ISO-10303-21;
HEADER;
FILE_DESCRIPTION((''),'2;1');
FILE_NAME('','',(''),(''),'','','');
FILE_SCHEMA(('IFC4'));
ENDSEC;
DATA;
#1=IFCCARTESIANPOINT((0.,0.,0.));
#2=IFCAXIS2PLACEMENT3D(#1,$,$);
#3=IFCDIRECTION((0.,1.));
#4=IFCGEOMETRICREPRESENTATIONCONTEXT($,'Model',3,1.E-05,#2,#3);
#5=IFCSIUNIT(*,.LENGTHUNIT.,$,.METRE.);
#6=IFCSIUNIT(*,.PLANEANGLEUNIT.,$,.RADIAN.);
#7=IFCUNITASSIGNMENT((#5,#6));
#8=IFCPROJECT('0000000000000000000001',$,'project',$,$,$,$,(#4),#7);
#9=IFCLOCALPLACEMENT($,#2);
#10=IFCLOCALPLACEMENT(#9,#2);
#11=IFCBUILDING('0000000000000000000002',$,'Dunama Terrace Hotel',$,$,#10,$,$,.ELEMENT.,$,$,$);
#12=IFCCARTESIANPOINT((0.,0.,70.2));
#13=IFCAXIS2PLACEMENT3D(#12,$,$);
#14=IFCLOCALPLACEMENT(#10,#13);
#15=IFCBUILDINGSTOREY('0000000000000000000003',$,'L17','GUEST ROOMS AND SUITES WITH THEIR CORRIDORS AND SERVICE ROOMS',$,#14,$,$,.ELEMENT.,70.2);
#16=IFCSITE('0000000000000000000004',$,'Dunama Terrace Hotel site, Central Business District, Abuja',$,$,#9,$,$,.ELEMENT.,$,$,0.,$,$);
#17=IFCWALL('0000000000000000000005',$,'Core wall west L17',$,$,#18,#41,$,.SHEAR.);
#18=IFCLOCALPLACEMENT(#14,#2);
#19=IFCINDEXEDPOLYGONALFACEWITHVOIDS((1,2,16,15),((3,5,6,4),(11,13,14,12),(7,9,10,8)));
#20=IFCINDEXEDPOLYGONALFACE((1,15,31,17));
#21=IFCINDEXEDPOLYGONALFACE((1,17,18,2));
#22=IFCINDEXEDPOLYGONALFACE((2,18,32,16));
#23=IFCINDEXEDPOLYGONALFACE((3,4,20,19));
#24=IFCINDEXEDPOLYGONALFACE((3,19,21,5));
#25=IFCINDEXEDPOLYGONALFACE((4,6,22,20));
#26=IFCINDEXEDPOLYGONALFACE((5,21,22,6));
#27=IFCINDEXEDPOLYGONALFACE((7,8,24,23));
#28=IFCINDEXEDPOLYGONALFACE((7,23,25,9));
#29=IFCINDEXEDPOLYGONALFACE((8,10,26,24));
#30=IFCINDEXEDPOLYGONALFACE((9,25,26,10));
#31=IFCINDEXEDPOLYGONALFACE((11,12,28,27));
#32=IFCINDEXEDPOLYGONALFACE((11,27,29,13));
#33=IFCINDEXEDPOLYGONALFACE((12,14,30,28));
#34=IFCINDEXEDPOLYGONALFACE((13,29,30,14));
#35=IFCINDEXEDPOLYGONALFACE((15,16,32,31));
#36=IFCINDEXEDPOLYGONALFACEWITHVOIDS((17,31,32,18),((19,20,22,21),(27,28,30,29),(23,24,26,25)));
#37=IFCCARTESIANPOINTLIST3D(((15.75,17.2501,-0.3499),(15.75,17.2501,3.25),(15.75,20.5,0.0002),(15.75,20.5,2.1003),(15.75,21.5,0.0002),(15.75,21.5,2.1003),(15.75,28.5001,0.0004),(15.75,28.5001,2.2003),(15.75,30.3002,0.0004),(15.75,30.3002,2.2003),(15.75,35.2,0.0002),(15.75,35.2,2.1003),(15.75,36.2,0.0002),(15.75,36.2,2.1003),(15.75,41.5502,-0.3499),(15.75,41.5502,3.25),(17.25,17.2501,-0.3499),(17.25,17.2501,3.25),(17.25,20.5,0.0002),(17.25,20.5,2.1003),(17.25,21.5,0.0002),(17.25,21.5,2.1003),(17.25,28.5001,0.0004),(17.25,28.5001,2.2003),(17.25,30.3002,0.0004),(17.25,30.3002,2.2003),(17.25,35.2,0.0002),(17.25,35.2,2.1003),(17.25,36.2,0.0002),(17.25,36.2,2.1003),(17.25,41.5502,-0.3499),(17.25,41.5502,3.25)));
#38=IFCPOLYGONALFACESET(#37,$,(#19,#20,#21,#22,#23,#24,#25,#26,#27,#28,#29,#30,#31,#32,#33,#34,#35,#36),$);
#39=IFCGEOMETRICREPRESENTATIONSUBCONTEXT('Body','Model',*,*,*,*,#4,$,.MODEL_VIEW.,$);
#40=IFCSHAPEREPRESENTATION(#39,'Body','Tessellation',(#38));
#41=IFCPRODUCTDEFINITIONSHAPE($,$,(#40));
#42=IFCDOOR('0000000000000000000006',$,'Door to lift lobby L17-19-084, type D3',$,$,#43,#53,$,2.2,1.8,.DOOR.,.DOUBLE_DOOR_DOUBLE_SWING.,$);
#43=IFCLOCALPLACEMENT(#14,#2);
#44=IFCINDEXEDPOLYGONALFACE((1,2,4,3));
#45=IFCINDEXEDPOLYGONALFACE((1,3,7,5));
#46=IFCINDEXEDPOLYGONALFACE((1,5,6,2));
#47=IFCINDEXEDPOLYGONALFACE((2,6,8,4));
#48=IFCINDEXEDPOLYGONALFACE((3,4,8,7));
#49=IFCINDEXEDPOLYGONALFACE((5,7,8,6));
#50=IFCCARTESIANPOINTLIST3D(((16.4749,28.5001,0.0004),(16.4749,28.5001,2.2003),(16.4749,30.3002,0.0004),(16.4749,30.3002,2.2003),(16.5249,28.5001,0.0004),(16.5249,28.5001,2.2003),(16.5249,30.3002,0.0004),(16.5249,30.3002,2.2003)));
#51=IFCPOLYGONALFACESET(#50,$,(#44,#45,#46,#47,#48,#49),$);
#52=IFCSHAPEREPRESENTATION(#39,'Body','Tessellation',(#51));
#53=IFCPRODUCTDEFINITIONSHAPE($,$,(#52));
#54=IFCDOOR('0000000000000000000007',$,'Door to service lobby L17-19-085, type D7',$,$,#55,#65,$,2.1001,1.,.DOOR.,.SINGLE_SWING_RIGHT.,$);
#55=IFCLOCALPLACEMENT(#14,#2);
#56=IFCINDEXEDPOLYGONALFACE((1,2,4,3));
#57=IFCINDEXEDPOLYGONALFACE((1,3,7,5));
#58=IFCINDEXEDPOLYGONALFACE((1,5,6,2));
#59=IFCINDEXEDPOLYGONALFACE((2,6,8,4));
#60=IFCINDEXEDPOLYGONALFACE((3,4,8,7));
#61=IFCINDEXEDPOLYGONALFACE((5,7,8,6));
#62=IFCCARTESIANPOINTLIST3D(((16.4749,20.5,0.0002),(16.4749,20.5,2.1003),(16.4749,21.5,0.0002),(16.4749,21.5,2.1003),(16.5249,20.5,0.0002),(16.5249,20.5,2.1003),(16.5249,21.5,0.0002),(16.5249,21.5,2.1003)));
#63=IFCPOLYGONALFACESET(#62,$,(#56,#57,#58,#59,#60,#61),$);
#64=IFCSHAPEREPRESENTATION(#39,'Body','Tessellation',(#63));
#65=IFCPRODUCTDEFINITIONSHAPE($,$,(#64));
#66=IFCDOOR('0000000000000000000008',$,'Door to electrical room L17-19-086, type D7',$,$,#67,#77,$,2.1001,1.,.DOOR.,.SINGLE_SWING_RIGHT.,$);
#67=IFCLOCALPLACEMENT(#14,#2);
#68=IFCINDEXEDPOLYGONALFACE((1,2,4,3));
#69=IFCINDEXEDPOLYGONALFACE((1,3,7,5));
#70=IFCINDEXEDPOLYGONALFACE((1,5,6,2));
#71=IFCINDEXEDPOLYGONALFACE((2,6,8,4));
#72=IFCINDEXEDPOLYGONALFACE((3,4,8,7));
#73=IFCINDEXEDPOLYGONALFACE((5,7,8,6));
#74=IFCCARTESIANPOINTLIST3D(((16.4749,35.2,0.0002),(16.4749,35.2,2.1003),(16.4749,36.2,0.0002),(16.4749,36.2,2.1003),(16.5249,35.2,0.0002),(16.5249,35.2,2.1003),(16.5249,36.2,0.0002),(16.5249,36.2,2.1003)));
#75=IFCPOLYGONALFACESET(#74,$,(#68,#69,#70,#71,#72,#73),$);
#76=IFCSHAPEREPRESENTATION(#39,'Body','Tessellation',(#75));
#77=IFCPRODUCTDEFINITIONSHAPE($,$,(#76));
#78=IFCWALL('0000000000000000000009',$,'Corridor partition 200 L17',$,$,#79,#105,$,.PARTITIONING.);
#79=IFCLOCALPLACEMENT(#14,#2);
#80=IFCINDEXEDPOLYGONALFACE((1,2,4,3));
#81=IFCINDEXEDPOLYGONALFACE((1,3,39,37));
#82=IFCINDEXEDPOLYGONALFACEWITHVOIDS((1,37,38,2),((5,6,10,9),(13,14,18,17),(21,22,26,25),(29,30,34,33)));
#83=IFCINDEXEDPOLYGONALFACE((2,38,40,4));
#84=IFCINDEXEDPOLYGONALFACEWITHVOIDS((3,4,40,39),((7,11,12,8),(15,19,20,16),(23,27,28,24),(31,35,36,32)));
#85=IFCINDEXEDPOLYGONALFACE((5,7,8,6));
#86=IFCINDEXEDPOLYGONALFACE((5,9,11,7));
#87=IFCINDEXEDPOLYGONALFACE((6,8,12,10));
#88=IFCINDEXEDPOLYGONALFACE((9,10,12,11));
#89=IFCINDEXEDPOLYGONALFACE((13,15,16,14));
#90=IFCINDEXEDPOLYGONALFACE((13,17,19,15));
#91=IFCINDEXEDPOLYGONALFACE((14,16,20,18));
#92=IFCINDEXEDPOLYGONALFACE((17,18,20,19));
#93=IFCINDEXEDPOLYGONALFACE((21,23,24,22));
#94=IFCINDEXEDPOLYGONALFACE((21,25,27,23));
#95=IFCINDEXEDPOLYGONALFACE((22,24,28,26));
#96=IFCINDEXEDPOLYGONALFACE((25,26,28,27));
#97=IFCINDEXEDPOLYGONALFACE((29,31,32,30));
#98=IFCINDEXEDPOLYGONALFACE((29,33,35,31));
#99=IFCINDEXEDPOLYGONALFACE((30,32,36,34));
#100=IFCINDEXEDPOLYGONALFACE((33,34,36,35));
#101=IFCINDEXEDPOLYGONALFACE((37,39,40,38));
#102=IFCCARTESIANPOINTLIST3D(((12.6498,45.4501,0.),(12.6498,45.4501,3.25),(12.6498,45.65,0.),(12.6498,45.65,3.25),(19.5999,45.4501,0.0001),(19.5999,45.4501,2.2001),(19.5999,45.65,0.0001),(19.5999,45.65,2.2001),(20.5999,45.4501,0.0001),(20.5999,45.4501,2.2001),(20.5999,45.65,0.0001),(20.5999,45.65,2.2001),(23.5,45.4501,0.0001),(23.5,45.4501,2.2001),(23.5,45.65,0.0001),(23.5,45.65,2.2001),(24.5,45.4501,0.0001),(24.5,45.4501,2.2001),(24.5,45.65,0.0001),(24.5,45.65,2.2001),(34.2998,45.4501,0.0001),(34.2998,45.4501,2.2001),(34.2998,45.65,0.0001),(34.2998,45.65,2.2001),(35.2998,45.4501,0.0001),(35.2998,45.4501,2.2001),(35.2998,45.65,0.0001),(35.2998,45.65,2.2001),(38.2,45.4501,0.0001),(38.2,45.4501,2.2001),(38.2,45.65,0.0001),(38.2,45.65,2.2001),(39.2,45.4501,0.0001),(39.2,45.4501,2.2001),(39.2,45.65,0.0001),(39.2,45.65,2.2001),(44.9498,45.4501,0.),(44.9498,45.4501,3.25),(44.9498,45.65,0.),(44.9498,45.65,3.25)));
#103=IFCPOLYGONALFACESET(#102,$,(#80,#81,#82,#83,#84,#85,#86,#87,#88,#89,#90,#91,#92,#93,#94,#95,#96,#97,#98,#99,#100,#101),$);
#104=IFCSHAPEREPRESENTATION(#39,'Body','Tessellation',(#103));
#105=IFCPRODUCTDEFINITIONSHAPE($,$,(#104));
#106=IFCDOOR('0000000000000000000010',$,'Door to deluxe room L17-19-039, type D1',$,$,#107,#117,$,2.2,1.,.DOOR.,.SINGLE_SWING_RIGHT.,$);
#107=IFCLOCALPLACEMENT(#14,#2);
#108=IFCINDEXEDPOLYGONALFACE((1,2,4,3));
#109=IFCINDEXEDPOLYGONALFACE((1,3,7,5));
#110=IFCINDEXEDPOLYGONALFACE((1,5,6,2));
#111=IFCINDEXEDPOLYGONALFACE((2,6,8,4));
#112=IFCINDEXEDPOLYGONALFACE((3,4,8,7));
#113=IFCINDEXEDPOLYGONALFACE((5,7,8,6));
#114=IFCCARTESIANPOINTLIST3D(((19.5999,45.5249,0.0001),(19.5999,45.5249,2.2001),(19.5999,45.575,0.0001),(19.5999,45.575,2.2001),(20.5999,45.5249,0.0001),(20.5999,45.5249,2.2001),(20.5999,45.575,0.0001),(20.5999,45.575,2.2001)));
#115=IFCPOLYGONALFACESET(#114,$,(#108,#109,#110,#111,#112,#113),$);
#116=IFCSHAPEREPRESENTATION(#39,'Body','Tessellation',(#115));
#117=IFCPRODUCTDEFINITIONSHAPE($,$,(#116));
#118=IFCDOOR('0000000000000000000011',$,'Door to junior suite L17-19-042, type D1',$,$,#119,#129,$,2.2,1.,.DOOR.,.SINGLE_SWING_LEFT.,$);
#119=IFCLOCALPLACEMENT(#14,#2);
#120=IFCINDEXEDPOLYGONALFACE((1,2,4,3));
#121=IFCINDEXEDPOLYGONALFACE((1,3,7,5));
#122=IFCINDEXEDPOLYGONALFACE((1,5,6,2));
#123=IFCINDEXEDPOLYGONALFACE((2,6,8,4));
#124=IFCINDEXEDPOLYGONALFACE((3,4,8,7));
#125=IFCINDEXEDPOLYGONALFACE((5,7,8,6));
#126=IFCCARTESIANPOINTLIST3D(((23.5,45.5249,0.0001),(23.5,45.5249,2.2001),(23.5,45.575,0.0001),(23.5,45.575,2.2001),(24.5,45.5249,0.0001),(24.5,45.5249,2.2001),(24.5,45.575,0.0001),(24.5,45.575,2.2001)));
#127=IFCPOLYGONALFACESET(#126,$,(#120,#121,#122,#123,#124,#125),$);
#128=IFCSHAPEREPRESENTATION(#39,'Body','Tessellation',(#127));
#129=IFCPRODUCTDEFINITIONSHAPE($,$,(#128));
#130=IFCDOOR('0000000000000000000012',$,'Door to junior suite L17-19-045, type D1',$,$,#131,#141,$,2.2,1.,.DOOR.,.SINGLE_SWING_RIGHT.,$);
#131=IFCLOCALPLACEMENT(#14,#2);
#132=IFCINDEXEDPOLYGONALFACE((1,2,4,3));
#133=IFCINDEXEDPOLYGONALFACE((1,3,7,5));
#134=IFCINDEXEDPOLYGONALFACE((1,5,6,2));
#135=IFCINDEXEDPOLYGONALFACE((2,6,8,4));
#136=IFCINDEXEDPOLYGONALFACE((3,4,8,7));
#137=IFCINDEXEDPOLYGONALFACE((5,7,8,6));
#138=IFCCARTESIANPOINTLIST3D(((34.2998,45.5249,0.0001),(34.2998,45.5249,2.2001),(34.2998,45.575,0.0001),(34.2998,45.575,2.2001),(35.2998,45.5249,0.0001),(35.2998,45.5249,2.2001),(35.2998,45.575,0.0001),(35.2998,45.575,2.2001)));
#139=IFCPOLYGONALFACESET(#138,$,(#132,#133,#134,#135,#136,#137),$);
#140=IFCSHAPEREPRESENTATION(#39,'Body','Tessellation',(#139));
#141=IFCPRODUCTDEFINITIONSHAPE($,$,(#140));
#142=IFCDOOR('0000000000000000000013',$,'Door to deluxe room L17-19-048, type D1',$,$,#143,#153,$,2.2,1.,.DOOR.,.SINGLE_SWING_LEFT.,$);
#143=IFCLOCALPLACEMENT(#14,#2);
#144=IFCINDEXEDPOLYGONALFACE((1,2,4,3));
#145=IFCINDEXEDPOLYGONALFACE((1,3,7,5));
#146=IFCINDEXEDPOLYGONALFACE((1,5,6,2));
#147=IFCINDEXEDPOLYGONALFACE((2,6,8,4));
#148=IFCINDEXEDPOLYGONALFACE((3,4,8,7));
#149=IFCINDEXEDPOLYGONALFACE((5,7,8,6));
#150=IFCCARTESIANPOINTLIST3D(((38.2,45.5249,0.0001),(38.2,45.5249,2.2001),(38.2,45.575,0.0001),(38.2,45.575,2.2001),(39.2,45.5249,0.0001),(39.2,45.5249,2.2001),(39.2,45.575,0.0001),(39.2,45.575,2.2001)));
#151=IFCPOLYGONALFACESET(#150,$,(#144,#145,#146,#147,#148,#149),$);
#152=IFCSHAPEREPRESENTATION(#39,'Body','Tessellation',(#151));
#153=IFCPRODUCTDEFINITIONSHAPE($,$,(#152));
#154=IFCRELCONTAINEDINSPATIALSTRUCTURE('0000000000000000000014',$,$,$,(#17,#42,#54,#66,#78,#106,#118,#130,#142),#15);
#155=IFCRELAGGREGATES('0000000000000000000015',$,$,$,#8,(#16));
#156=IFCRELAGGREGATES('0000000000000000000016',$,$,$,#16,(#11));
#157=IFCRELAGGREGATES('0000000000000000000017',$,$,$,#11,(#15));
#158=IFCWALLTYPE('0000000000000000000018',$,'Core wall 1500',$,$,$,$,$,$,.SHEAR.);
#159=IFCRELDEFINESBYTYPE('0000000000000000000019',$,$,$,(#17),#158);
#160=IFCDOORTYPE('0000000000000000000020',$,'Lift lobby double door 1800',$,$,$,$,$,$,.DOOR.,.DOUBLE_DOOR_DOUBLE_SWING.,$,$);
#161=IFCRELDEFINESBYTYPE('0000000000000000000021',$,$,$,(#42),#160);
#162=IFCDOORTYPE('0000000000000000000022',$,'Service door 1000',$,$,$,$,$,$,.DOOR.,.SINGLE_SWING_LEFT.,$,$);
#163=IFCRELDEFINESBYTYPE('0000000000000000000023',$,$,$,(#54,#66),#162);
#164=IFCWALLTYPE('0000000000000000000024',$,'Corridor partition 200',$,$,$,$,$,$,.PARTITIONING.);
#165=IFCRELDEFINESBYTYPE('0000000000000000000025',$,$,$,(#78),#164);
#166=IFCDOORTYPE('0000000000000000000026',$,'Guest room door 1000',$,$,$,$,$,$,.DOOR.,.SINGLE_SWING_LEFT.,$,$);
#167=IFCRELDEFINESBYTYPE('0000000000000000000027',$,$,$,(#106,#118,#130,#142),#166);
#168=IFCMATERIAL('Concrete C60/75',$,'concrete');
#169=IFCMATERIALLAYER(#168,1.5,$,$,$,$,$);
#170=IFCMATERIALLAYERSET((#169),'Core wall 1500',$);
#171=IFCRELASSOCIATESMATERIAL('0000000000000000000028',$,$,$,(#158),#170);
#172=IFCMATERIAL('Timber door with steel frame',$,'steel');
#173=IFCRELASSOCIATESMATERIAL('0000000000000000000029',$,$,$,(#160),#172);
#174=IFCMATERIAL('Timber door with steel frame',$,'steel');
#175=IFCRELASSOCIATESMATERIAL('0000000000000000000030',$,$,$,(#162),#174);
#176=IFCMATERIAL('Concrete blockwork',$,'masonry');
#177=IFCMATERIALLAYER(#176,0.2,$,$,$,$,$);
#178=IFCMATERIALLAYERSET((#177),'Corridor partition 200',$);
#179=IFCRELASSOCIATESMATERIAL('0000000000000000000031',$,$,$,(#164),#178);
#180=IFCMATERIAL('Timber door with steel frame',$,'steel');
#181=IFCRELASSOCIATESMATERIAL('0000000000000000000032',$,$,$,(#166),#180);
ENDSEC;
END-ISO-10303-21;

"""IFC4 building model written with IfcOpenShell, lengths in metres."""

from ifc_helpers import new_model, si_unit, direction, frame, frame_2d, origin, place, context, subcontext, project, spatial, rectangle, extrude, material, layer, layer_set, type_object, element, fill, save


model = new_model("IFC4")

# Units and contexts
model_context = context("Model", 3, precision=1e-05, world=origin(), true_north=direction((0.0, 1.0)))
body_context = subcontext(model_context, "Body", "Model", "MODEL_VIEW")
ifc_project = project(units=[si_unit("LENGTHUNIT", "METRE"), si_unit("PLANEANGLEUNIT", "RADIAN")], contexts=[model_context])

# Site, building, storey
site_placement = place(None, origin())
site = spatial("IfcSite", under=ifc_project, at=site_placement, Name="Dunama Terrace Hotel site, Central Business District, Abuja", CompositionType="ELEMENT", RefElevation=0.0)
building_placement = place(site_placement, origin())
building = spatial("IfcBuilding", under=site, at=building_placement, Name="Dunama Terrace Hotel", CompositionType="ELEMENT")
storey_placement = place(building_placement, frame((0.0, 0.0, 70.2)))
storey = spatial("IfcBuildingStorey", under=building, at=storey_placement, Name="L17", Description="GUEST ROOMS AND SUITES WITH THEIR CORRIDORS AND SERVICE ROOMS", CompositionType="ELEMENT", Elevation=70.2)

# Walls, openings, doors
ifc_material_1 = material(Name="Concrete C60/75", Category="concrete")
ifc_layer_1 = layer(ifc_material_1, 1.5)
ifc_layer_set_1 = layer_set([ifc_layer_1], Name="Core wall 1500")
wall_type_1 = type_object("IfcWallType", Name="Core wall 1500", PredefinedType="SHEAR", material=ifc_layer_set_1)
wall_1_placement = place(storey_placement, frame((16.5, 41.55, -0.3499), z_axis=(0.0, 0.0, 1.0), x_axis=(0.0, -1.0, 0.0)))
wall_1 = element("IfcWall", 1, at=wall_1_placement, inside=storey, type_object=wall_type_1, Name="Core wall west L17", PredefinedType="SHEAR", context=body_context, shape_type="SweptSolid", body=[
    extrude(rectangle(XDim=24.3, YDim=1.5, at=frame_2d((12.1499, 0.0))), origin(), (0.0, 0.0, 1.0), 3.5999),
])
opening_1_placement = place(wall_1_placement, frame((11.25, 0.0, 0.3501)))
opening_1 = element("IfcOpeningElement", 2, at=opening_1_placement, cuts=wall_1, PredefinedType="OPENING", context=body_context, shape_type="SweptSolid", body=[
    extrude(rectangle(XDim=1.8, YDim=2.2, at=frame_2d((0.8999, 1.1001))), frame((0.0, 0.76, 0.0), z_axis=(0.0, -1.0, 0.0), x_axis=(1.0, 0.0, 0.0)), (0.0, 0.0, 1.0), 1.52),
])
opening_2_placement = place(wall_1_placement, frame((20.05, 0.0, 0.3501)))
opening_2 = element("IfcOpeningElement", 3, at=opening_2_placement, cuts=wall_1, PredefinedType="OPENING", context=body_context, shape_type="SweptSolid", body=[
    extrude(rectangle(XDim=1.0, YDim=2.1001, at=frame_2d((0.5, 1.05))), frame((0.0, 0.76, 0.0), z_axis=(0.0, -1.0, 0.0), x_axis=(1.0, 0.0, 0.0)), (0.0, 0.0, 1.0), 1.52),
])
opening_3_placement = place(wall_1_placement, frame((5.3501, 0.0, 0.3501)))
opening_3 = element("IfcOpeningElement", 4, at=opening_3_placement, cuts=wall_1, PredefinedType="OPENING", context=body_context, shape_type="SweptSolid", body=[
    extrude(rectangle(XDim=1.0, YDim=2.1001, at=frame_2d((0.5, 1.05))), frame((0.0, 0.76, 0.0), z_axis=(0.0, -1.0, 0.0), x_axis=(1.0, 0.0, 0.0)), (0.0, 0.0, 1.0), 1.52),
])
ifc_material_2 = material(Name="Timber door with steel frame", Category="steel")
door_type_1 = type_object("IfcDoorType", Name="Lift lobby double door 1800", OperationType="DOUBLE_DOOR_DOUBLE_SWING", PredefinedType="DOOR", material=ifc_material_2)
door_1_placement = place(opening_1_placement, origin())
door_1 = element("IfcDoor", 5, at=door_1_placement, inside=storey, type_object=door_type_1, Name="Door to lift lobby L17-19-084, type D3", OperationType="DOUBLE_DOOR_DOUBLE_SWING", OverallHeight=2.2, OverallWidth=1.8, PredefinedType="DOOR", context=body_context, shape_type="SweptSolid", body=[
    extrude(rectangle(XDim=1.8, YDim=2.2, at=frame_2d((0.8999, 1.1001))), frame((0.0, 0.0249, 0.0), z_axis=(0.0, -1.0, 0.0), x_axis=(1.0, 0.0, 0.0)), (0.0, 0.0, 1.0), 0.05),
])
fill(opening_1, door_1)
ifc_material_3 = material(Name="Timber door with steel frame", Category="steel")
door_type_2 = type_object("IfcDoorType", Name="Service door 1000", OperationType="SINGLE_SWING_LEFT", PredefinedType="DOOR", material=ifc_material_3)
door_2_placement = place(opening_2_placement, origin())
door_2 = element("IfcDoor", 6, at=door_2_placement, inside=storey, type_object=door_type_2, Name="Door to service lobby L17-19-085, type D7", OperationType="SINGLE_SWING_RIGHT", OverallHeight=2.1001, OverallWidth=1.0, PredefinedType="DOOR", context=body_context, shape_type="SweptSolid", body=[
    extrude(rectangle(XDim=1.0, YDim=2.1001, at=frame_2d((0.5, 1.05))), frame((0.0, 0.0249, 0.0), z_axis=(0.0, -1.0, 0.0), x_axis=(1.0, 0.0, 0.0)), (0.0, 0.0, 1.0), 0.05),
])
fill(opening_2, door_2)
door_3_placement = place(opening_3_placement, origin())
door_3 = element("IfcDoor", 7, at=door_3_placement, inside=storey, type_object=door_type_2, Name="Door to electrical room L17-19-086, type D7", OperationType="SINGLE_SWING_RIGHT", OverallHeight=2.1001, OverallWidth=1.0, PredefinedType="DOOR", context=body_context, shape_type="SweptSolid", body=[
    extrude(rectangle(XDim=1.0, YDim=2.1001, at=frame_2d((0.5, 1.05))), frame((0.0, 0.0249, 0.0), z_axis=(0.0, -1.0, 0.0), x_axis=(1.0, 0.0, 0.0)), (0.0, 0.0, 1.0), 0.05),
])
fill(opening_3, door_3)
ifc_material_4 = material(Name="Concrete blockwork", Category="masonry")
ifc_layer_2 = layer(ifc_material_4, 0.2)
ifc_layer_set_2 = layer_set([ifc_layer_2], Name="Corridor partition 200")
wall_type_2 = type_object("IfcWallType", Name="Corridor partition 200", PredefinedType="PARTITIONING", material=ifc_layer_set_2)
wall_2_placement = place(storey_placement, frame((12.6499, 45.55, 0.0), z_axis=(0.0, 0.0, 1.0), x_axis=(1.0, 0.0, 0.0)))
wall_2 = element("IfcWall", 8, at=wall_2_placement, inside=storey, type_object=wall_type_2, Name="Corridor partition 200 L17", PredefinedType="PARTITIONING", context=body_context, shape_type="SweptSolid", body=[
    extrude(rectangle(XDim=32.3, YDim=0.2, at=frame_2d((16.1499, 0.0))), origin(), (0.0, 0.0, 1.0), 3.25),
])
opening_4_placement = place(wall_2_placement, frame((6.95, 0.0, 0.0)))
opening_4 = element("IfcOpeningElement", 9, at=opening_4_placement, cuts=wall_2, PredefinedType="OPENING", context=body_context, shape_type="SweptSolid", body=[
    extrude(rectangle(XDim=1.0, YDim=2.2, at=frame_2d((0.5, 1.1001))), frame((0.0, 0.1099, 0.0), z_axis=(0.0, -1.0, 0.0), x_axis=(1.0, 0.0, 0.0)), (0.0, 0.0, 1.0), 0.22),
])
opening_5_placement = place(wall_2_placement, frame((10.8501, 0.0, 0.0)))
opening_5 = element("IfcOpeningElement", 10, at=opening_5_placement, cuts=wall_2, PredefinedType="OPENING", context=body_context, shape_type="SweptSolid", body=[
    extrude(rectangle(XDim=1.0, YDim=2.2, at=frame_2d((0.5, 1.1001))), frame((0.0, 0.1099, 0.0), z_axis=(0.0, -1.0, 0.0), x_axis=(1.0, 0.0, 0.0)), (0.0, 0.0, 1.0), 0.22),
])
opening_6_placement = place(wall_2_placement, frame((21.6499, 0.0, 0.0)))
opening_6 = element("IfcOpeningElement", 11, at=opening_6_placement, cuts=wall_2, PredefinedType="OPENING", context=body_context, shape_type="SweptSolid", body=[
    extrude(rectangle(XDim=1.0, YDim=2.2, at=frame_2d((0.5, 1.1001))), frame((0.0, 0.1099, 0.0), z_axis=(0.0, -1.0, 0.0), x_axis=(1.0, 0.0, 0.0)), (0.0, 0.0, 1.0), 0.22),
])
opening_7_placement = place(wall_2_placement, frame((25.55, 0.0, 0.0)))
opening_7 = element("IfcOpeningElement", 12, at=opening_7_placement, cuts=wall_2, PredefinedType="OPENING", context=body_context, shape_type="SweptSolid", body=[
    extrude(rectangle(XDim=1.0, YDim=2.2, at=frame_2d((0.5, 1.1001))), frame((0.0, 0.1099, 0.0), z_axis=(0.0, -1.0, 0.0), x_axis=(1.0, 0.0, 0.0)), (0.0, 0.0, 1.0), 0.22),
])
ifc_material_5 = material(Name="Timber door with steel frame", Category="steel")
door_type_3 = type_object("IfcDoorType", Name="Guest room door 1000", OperationType="SINGLE_SWING_LEFT", PredefinedType="DOOR", material=ifc_material_5)
door_4_placement = place(opening_4_placement, origin())
door_4 = element("IfcDoor", 13, at=door_4_placement, inside=storey, type_object=door_type_3, Name="Door to deluxe room L17-19-039, type D1", OperationType="SINGLE_SWING_RIGHT", OverallHeight=2.2, OverallWidth=1.0, PredefinedType="DOOR", context=body_context, shape_type="SweptSolid", body=[
    extrude(rectangle(XDim=1.0, YDim=2.2, at=frame_2d((0.5, 1.1001))), frame((0.0, 0.0249, 0.0), z_axis=(0.0, -1.0, 0.0), x_axis=(1.0, 0.0, 0.0)), (0.0, 0.0, 1.0), 0.05),
])
fill(opening_4, door_4)
door_5_placement = place(opening_5_placement, origin())
door_5 = element("IfcDoor", 14, at=door_5_placement, inside=storey, type_object=door_type_3, Name="Door to junior suite L17-19-042, type D1", OperationType="SINGLE_SWING_LEFT", OverallHeight=2.2, OverallWidth=1.0, PredefinedType="DOOR", context=body_context, shape_type="SweptSolid", body=[
    extrude(rectangle(XDim=1.0, YDim=2.2, at=frame_2d((0.5, 1.1001))), frame((0.0, 0.0249, 0.0), z_axis=(0.0, -1.0, 0.0), x_axis=(1.0, 0.0, 0.0)), (0.0, 0.0, 1.0), 0.05),
])
fill(opening_5, door_5)
door_6_placement = place(opening_6_placement, origin())
door_6 = element("IfcDoor", 15, at=door_6_placement, inside=storey, type_object=door_type_3, Name="Door to junior suite L17-19-045, type D1", OperationType="SINGLE_SWING_RIGHT", OverallHeight=2.2, OverallWidth=1.0, PredefinedType="DOOR", context=body_context, shape_type="SweptSolid", body=[
    extrude(rectangle(XDim=1.0, YDim=2.2, at=frame_2d((0.5, 1.1001))), frame((0.0, 0.0249, 0.0), z_axis=(0.0, -1.0, 0.0), x_axis=(1.0, 0.0, 0.0)), (0.0, 0.0, 1.0), 0.05),
])
fill(opening_6, door_6)
door_7_placement = place(opening_7_placement, origin())
door_7 = element("IfcDoor", 16, at=door_7_placement, inside=storey, type_object=door_type_3, Name="Door to deluxe room L17-19-048, type D1", OperationType="SINGLE_SWING_LEFT", OverallHeight=2.2, OverallWidth=1.0, PredefinedType="DOOR", context=body_context, shape_type="SweptSolid", body=[
    extrude(rectangle(XDim=1.0, YDim=2.2, at=frame_2d((0.5, 1.1001))), frame((0.0, 0.0249, 0.0), z_axis=(0.0, -1.0, 0.0), x_axis=(1.0, 0.0, 0.0)), (0.0, 0.0, 1.0), 0.05),
])
fill(opening_7, door_7)

save(model, "model.ifc")
